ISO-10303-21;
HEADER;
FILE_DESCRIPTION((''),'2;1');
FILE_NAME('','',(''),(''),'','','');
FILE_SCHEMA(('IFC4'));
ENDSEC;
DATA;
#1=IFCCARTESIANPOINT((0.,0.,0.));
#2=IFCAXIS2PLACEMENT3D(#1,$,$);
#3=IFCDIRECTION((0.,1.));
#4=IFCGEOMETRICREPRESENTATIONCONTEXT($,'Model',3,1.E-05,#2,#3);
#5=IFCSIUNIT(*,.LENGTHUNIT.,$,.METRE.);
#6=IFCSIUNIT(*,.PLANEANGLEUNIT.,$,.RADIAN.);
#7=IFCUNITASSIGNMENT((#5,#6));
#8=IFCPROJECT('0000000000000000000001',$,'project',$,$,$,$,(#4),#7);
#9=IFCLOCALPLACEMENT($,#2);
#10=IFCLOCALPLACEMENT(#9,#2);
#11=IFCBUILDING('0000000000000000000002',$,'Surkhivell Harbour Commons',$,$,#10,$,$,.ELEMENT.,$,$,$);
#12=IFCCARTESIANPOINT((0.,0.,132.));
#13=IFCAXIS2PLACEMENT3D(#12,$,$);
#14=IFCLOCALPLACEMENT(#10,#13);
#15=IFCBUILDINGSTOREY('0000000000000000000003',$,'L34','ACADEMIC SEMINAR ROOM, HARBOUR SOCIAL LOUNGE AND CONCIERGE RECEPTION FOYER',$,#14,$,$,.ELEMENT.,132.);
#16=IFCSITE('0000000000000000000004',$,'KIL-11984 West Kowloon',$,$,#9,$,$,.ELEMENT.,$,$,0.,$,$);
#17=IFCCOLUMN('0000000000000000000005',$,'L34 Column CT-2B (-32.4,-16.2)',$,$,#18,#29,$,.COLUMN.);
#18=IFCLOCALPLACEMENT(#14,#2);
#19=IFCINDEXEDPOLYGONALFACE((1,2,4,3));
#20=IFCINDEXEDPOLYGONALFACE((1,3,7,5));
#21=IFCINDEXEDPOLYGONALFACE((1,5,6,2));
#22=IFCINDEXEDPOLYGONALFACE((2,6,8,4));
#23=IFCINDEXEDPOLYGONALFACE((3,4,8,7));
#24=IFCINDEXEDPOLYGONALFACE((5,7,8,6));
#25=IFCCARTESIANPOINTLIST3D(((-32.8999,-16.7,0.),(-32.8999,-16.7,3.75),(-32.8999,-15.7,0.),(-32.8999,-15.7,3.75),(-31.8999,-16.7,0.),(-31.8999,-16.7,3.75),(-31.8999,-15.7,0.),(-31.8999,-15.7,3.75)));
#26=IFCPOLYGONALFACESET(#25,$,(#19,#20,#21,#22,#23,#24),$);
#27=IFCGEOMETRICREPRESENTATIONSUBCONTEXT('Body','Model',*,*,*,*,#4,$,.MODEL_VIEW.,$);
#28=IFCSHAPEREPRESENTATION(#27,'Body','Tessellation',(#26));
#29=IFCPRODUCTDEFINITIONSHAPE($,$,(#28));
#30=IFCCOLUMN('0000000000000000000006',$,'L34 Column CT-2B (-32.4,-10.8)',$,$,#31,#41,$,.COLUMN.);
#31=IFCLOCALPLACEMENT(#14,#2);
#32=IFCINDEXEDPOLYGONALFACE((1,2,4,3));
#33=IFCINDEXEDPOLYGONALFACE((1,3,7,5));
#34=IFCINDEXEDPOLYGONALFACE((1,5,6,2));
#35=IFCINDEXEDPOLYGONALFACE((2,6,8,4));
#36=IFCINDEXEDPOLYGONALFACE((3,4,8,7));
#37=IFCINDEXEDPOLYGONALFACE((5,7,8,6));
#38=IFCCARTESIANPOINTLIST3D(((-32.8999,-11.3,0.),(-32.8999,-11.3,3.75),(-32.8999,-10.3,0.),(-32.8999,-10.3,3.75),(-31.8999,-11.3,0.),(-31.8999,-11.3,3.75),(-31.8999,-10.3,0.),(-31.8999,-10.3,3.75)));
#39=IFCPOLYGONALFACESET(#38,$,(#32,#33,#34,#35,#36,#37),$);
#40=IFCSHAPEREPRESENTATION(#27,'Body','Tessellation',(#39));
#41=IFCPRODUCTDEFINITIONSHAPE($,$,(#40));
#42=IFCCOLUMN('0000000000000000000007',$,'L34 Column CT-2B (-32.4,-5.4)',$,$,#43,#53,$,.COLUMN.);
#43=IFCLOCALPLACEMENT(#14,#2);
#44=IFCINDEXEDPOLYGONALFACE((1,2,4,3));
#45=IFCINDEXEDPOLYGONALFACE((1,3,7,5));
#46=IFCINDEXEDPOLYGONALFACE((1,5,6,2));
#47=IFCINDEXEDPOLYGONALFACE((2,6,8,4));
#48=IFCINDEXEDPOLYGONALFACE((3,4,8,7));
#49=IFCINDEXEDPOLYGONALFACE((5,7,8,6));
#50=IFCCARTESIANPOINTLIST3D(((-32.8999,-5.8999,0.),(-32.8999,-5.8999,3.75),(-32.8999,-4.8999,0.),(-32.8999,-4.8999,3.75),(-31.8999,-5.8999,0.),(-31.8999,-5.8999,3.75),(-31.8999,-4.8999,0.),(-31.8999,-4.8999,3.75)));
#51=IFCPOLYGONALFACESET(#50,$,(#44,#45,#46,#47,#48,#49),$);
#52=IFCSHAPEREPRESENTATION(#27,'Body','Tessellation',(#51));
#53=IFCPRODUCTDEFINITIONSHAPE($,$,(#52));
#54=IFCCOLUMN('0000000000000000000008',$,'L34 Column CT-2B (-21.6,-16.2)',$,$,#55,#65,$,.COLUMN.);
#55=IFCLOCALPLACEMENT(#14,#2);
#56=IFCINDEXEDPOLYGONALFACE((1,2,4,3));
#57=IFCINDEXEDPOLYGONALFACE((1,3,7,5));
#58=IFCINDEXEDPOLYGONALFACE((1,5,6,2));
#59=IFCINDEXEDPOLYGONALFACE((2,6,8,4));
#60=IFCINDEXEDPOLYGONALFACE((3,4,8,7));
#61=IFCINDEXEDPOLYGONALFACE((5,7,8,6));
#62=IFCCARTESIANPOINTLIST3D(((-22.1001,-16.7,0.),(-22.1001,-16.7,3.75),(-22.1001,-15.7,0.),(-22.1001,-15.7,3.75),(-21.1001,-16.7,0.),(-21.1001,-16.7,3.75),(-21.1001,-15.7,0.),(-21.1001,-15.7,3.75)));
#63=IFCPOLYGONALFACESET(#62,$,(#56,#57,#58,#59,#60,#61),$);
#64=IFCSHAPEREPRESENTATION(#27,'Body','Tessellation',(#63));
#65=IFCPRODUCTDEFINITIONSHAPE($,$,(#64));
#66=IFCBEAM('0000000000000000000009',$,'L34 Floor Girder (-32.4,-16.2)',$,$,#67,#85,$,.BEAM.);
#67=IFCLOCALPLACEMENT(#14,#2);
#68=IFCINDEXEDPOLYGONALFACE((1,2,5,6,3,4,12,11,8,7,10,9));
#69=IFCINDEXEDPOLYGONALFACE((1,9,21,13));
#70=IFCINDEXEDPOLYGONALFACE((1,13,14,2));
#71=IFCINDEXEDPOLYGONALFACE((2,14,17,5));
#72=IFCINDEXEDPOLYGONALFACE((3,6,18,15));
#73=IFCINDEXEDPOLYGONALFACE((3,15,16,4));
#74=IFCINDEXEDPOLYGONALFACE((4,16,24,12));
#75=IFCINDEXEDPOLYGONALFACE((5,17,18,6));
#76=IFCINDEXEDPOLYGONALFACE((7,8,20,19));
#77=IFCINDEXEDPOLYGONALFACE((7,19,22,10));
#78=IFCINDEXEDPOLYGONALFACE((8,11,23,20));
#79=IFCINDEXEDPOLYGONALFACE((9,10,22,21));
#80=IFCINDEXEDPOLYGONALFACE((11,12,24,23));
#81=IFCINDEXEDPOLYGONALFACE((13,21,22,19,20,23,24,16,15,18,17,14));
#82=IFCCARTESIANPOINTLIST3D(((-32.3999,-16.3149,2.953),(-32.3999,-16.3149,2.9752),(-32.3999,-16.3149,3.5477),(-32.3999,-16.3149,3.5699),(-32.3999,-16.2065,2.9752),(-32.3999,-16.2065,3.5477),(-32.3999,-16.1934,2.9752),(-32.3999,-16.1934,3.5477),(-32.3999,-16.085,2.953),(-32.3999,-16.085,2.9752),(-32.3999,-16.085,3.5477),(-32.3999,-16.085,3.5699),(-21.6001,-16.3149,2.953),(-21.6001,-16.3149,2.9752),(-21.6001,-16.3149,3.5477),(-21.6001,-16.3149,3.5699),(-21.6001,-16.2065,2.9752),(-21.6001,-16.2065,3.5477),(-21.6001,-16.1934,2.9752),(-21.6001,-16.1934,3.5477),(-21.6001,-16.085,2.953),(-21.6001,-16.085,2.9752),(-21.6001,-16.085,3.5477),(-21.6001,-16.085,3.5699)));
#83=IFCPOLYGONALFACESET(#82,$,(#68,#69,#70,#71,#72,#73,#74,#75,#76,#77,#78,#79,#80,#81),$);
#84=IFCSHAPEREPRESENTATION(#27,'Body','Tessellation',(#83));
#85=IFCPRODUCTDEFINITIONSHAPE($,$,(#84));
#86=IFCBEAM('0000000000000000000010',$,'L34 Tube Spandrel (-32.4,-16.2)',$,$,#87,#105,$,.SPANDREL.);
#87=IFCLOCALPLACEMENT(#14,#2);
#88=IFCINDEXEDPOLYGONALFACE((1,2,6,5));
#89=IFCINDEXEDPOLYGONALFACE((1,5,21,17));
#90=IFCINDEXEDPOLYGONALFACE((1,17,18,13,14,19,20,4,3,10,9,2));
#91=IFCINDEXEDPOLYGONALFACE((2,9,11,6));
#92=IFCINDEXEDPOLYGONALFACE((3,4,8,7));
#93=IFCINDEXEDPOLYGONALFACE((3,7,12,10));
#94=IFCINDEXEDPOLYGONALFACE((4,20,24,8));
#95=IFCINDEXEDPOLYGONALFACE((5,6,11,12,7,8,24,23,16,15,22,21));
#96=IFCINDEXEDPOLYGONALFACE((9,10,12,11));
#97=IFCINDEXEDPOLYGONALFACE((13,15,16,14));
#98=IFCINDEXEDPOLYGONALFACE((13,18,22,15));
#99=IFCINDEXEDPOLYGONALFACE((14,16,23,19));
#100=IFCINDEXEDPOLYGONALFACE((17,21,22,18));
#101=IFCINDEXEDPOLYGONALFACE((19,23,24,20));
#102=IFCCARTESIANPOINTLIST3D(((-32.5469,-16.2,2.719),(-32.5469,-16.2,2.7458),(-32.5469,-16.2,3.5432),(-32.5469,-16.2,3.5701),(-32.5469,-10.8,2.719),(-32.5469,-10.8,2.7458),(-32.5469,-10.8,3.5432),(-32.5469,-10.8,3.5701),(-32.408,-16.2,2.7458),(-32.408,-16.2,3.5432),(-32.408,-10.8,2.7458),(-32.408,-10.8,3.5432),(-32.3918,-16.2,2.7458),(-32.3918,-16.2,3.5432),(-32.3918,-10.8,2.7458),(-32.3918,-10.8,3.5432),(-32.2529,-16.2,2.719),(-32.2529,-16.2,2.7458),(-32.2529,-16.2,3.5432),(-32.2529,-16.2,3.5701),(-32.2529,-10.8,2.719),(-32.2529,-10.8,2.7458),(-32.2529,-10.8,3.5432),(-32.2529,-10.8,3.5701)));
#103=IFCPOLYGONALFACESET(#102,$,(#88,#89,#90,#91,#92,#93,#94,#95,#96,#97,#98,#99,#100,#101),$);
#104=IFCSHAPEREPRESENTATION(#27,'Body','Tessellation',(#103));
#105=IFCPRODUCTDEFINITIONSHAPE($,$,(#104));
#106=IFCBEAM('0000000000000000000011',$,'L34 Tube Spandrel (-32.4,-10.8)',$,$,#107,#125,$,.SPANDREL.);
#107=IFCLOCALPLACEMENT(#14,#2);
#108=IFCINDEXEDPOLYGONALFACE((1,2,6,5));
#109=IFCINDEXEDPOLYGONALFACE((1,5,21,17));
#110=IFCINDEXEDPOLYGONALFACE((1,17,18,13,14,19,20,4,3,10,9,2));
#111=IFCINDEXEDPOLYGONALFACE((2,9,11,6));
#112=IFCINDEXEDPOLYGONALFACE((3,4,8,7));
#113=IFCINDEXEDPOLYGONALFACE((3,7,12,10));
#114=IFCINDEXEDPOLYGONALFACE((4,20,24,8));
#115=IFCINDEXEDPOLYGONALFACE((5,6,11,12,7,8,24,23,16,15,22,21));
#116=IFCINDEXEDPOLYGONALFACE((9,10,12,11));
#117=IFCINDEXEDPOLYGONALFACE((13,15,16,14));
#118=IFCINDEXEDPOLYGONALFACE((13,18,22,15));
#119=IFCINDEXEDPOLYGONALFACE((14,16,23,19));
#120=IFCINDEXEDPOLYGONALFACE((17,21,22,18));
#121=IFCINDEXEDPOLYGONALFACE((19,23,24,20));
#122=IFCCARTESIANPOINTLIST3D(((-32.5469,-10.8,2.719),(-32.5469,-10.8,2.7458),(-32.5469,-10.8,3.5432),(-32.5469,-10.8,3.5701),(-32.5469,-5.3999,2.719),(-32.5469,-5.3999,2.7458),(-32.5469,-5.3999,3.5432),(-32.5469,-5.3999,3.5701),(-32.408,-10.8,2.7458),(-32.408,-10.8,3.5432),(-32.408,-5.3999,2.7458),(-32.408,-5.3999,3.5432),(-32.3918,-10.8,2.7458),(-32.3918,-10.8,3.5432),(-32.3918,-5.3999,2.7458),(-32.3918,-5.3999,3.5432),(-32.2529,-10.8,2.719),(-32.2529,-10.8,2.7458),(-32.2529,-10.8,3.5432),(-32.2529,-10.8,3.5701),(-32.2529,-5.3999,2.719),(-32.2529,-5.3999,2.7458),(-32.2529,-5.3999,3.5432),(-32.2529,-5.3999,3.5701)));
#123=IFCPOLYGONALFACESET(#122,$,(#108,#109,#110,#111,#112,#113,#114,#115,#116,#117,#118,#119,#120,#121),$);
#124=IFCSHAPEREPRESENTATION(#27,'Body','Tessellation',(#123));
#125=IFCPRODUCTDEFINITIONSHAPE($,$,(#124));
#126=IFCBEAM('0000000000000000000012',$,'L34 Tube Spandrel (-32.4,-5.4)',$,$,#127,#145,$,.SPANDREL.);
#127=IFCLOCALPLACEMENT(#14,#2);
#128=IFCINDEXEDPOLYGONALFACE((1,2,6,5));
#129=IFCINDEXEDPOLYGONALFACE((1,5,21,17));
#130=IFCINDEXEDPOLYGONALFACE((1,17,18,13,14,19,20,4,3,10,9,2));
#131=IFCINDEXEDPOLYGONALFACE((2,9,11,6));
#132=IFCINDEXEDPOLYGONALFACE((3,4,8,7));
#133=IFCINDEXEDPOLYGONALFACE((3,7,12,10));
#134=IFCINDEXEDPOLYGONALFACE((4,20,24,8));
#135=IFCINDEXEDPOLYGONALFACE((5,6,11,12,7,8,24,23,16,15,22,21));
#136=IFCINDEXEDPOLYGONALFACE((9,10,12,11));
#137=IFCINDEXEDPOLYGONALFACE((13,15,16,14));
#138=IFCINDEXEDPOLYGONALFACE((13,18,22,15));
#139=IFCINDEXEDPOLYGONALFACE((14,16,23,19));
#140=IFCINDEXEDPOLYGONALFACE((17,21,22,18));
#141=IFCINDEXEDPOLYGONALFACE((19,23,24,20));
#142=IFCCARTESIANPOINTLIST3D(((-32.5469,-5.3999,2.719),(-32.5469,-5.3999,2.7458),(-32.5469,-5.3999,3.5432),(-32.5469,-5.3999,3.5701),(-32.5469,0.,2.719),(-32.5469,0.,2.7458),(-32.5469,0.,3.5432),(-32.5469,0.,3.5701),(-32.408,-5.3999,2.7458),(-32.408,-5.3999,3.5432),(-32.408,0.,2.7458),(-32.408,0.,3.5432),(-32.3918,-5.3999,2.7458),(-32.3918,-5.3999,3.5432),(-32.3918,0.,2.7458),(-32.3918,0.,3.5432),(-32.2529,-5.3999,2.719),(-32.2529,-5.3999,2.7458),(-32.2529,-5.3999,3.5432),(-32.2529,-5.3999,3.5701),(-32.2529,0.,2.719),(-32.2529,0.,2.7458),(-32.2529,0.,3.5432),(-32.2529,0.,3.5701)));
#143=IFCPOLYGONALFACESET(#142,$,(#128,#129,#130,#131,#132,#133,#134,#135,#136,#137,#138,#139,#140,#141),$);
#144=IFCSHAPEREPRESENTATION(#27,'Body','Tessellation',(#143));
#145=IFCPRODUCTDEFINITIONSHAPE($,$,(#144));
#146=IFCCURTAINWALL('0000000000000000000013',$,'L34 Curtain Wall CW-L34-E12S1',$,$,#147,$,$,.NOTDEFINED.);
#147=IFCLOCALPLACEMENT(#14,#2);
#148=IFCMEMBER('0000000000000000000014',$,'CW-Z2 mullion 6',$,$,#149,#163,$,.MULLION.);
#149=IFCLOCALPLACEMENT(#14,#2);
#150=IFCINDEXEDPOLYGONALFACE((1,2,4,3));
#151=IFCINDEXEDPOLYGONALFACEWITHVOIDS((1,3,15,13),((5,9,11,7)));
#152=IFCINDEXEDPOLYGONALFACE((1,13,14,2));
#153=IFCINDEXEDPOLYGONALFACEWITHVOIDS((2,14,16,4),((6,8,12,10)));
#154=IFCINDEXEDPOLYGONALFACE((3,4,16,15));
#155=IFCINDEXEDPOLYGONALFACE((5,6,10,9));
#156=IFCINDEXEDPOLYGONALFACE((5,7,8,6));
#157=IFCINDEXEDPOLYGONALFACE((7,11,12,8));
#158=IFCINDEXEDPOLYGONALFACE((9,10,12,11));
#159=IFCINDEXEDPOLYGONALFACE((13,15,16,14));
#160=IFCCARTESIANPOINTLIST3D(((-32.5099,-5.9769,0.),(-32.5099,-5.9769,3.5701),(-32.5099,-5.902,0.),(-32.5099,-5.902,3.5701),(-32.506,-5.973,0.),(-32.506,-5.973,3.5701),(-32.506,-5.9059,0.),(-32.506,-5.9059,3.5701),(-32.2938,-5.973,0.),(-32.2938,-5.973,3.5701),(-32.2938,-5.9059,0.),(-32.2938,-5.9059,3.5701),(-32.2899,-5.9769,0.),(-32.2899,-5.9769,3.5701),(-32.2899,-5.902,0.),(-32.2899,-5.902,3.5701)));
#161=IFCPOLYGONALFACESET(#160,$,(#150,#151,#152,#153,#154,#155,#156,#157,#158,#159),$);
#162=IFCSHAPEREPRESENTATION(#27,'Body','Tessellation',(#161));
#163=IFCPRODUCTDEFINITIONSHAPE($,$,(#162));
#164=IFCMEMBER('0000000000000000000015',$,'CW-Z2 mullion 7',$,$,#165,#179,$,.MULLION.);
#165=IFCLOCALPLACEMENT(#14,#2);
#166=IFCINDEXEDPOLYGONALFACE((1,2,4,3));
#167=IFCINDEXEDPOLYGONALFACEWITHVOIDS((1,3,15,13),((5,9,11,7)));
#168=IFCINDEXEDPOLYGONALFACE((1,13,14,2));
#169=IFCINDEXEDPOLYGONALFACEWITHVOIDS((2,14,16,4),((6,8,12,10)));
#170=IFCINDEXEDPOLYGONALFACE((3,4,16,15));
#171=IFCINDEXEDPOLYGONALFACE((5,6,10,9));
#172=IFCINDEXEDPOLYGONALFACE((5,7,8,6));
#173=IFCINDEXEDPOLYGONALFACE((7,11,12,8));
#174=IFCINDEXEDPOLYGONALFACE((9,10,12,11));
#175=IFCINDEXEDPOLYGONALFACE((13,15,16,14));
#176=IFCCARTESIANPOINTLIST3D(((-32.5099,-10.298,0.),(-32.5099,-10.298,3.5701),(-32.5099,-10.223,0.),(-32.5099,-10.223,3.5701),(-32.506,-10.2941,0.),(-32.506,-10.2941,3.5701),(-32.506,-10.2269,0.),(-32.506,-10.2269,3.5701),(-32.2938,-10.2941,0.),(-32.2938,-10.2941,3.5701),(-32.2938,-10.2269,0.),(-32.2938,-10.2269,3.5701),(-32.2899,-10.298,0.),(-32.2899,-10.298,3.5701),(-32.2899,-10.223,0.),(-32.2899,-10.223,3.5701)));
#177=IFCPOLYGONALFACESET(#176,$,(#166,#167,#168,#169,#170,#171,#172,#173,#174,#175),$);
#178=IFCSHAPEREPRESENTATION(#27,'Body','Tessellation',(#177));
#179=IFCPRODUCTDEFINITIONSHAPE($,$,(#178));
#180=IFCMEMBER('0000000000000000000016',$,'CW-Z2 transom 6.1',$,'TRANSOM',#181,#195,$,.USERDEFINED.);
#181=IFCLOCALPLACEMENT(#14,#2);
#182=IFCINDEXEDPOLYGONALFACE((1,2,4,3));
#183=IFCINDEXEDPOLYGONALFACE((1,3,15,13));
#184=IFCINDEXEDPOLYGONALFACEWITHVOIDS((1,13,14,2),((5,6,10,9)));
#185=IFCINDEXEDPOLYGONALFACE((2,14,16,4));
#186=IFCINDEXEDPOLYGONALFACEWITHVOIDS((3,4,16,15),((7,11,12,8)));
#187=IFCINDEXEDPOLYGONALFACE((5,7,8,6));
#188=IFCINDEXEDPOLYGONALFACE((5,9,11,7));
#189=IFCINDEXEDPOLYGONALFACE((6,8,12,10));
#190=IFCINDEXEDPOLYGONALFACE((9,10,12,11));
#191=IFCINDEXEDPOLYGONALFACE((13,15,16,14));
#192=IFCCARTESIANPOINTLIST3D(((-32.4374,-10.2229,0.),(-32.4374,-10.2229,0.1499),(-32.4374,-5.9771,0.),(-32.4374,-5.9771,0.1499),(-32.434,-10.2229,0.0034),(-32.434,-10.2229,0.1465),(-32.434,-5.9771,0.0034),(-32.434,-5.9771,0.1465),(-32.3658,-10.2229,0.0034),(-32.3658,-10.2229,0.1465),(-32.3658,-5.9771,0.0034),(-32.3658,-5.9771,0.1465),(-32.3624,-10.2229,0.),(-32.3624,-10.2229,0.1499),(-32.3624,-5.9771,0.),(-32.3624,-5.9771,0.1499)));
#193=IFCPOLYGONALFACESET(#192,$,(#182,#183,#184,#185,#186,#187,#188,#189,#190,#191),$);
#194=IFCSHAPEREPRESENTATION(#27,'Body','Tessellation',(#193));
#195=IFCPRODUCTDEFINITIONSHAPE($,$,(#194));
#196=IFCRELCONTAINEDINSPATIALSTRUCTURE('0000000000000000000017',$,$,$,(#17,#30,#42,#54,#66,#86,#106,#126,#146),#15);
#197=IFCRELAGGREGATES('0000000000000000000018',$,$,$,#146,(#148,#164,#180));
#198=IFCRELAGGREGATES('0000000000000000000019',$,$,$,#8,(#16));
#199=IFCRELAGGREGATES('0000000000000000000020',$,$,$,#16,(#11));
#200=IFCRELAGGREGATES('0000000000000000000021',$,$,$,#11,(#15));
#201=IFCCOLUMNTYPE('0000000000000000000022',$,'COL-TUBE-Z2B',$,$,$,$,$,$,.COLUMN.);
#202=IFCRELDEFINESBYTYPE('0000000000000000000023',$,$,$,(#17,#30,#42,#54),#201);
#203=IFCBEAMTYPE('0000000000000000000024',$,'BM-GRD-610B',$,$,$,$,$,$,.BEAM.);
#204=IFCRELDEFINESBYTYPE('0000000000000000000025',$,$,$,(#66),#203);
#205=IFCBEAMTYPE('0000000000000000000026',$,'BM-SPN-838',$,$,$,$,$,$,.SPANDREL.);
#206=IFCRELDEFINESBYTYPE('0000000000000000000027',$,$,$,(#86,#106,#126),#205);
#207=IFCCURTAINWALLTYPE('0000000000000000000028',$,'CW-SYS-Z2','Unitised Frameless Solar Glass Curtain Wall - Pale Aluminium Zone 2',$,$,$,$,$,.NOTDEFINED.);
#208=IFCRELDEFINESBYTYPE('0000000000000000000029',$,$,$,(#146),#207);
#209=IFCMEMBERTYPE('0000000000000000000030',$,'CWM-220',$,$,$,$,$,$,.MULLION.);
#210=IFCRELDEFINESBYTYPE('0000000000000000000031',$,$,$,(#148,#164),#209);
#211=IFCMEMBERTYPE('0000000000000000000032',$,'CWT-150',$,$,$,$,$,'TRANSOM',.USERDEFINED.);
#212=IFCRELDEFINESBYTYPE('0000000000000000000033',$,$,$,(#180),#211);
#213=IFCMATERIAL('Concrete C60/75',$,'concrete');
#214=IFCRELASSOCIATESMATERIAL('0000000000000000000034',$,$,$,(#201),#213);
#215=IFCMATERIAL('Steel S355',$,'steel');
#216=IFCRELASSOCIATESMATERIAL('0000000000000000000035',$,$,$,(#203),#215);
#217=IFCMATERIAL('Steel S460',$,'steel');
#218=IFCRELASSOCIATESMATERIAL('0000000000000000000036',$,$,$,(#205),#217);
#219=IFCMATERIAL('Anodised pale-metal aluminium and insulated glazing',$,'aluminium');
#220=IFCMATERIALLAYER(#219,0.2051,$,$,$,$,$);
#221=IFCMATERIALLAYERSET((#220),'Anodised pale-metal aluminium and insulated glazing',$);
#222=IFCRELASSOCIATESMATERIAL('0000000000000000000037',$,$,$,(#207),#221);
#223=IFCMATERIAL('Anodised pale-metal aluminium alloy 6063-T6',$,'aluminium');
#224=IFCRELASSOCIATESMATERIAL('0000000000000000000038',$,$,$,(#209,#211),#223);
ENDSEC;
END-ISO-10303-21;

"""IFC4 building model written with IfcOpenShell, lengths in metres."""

from ifc_helpers import new_model, si_unit, direction, frame, origin, origin_2d, place, context, subcontext, project, spatial, rectangle, hollow_rectangle, i_section, extrude, material, layer, layer_set, material_profile, profile_set, type_object, element, aggregate, save


model = new_model("IFC4")

# Units and contexts
model_context = context("Model", 3, precision=1e-05, world=origin(), true_north=direction((0.0, 1.0)))
body_context = subcontext(model_context, "Body", "Model", "MODEL_VIEW")
ifc_project = project(units=[si_unit("LENGTHUNIT", "METRE"), si_unit("PLANEANGLEUNIT", "RADIAN")], contexts=[model_context])

# Site, building, storey
site_placement = place(None, origin())
site = spatial("IfcSite", under=ifc_project, at=site_placement, Name="KIL-11984 West Kowloon", CompositionType="ELEMENT", RefElevation=0.0)
building_placement = place(site_placement, origin())
building = spatial("IfcBuilding", under=site, at=building_placement, Name="Surkhivell Harbour Commons", CompositionType="ELEMENT")
storey_placement = place(building_placement, frame((0.0, 0.0, 132.0)))
storey = spatial("IfcBuildingStorey", under=building, at=storey_placement, Name="L34", Description="ACADEMIC SEMINAR ROOM, HARBOUR SOCIAL LOUNGE AND CONCIERGE RECEPTION FOYER", CompositionType="ELEMENT", Elevation=132.0)

# Columns
ifc_material_1 = material(Name="Concrete C60/75", Category="concrete")
ifc_material_profile_1 = material_profile(ifc_material_1, rectangle(XDim=1.0, YDim=1.0, at=origin_2d()), Name="RC-COL-1000x1000")
ifc_profile_set_1 = profile_set([ifc_material_profile_1], Name="Concrete C60/75")
column_type = type_object("IfcColumnType", Name="COL-TUBE-Z2B", PredefinedType="COLUMN", material=ifc_profile_set_1)
for number, where, z_axis, x_axis, name in (
    (1, (-32.3999, -16.2, 0.0), (0.0, 0.0, 1.0), (1.0, 0.0, 0.0), "L34 Column CT-2B (-32.4,-16.2)"),
    (2, (-32.3999, -10.8, 0.0), (0.0, 0.0, 1.0), (1.0, 0.0, 0.0), "L34 Column CT-2B (-32.4,-10.8)"),
    (3, (-32.3999, -5.3999, 0.0), (0.0, 0.0, 1.0), (1.0, 0.0, 0.0), "L34 Column CT-2B (-32.4,-5.4)"),
    (4, (-21.6001, -16.2, 0.0), (0.0, 0.0, 1.0), (1.0, 0.0, 0.0), "L34 Column CT-2B (-21.6,-16.2)"),
):
    element("IfcColumn", number, at=place(storey_placement, frame(where, z_axis=z_axis, x_axis=x_axis)), inside=storey, type_object=column_type, Name=name, PredefinedType="COLUMN", context=body_context, shape_type="SweptSolid", body=[
        extrude(rectangle(XDim=1.0, YDim=1.0, at=origin_2d()), origin(), (0.0, 0.0, 1.0), 3.75),
    ])

# Beams
ifc_material_2 = material(Name="Steel S355", Category="steel")
ifc_material_profile_2 = material_profile(ifc_material_2, i_section(OverallWidth=0.23, OverallDepth=0.6169, WebThickness=0.0132, FlangeThickness=0.0222, at=origin_2d()), Name="UB610x229x140")
ifc_profile_set_2 = profile_set([ifc_material_profile_2], Name="Steel S355")
beam_type_1 = type_object("IfcBeamType", Name="BM-GRD-610B", PredefinedType="BEAM", material=ifc_profile_set_2)
beam_1_placement = place(storey_placement, frame((-32.3999, -16.2, 3.2615), z_axis=(1.0, 0.0, 0.0), x_axis=(0.0, 1.0, 0.0)))
element("IfcBeam", 5, at=beam_1_placement, inside=storey, type_object=beam_type_1, Name="L34 Floor Girder (-32.4,-16.2)", PredefinedType="BEAM", context=body_context, shape_type="SweptSolid", body=[
    extrude(i_section(OverallWidth=0.23, OverallDepth=0.6169, WebThickness=0.0132, FlangeThickness=0.0222, at=origin_2d()), origin(), (0.0, 0.0, 1.0), 10.7998),
])
ifc_material_3 = material(Name="Steel S460", Category="steel")
ifc_material_profile_3 = material_profile(ifc_material_3, i_section(OverallWidth=0.2939, OverallDepth=0.8511, WebThickness=0.0161, FlangeThickness=0.0269, at=origin_2d()), Name="UB838x292x226")
ifc_profile_set_3 = profile_set([ifc_material_profile_3], Name="Steel S460")
beam_type_2 = type_object("IfcBeamType", Name="BM-SPN-838", PredefinedType="SPANDREL", material=ifc_profile_set_3)
beam_2_placement = place(storey_placement, frame((-32.3999, -16.2, 3.1445), z_axis=(0.0, 1.0, 0.0), x_axis=(-1.0, 0.0, 0.0)))
element("IfcBeam", 6, at=beam_2_placement, inside=storey, type_object=beam_type_2, Name="L34 Tube Spandrel (-32.4,-16.2)", PredefinedType="SPANDREL", context=body_context, shape_type="SweptSolid", body=[
    extrude(i_section(OverallWidth=0.2939, OverallDepth=0.8511, WebThickness=0.0161, FlangeThickness=0.0269, at=origin_2d()), origin(), (0.0, 0.0, 1.0), 5.3999),
])
beam_3_placement = place(storey_placement, frame((-32.3999, -10.8, 3.1445), z_axis=(0.0, 1.0, 0.0), x_axis=(-1.0, 0.0, 0.0)))
element("IfcBeam", 7, at=beam_3_placement, inside=storey, type_object=beam_type_2, Name="L34 Tube Spandrel (-32.4,-10.8)", PredefinedType="SPANDREL", context=body_context, shape_type="SweptSolid", body=[
    extrude(i_section(OverallWidth=0.2939, OverallDepth=0.8511, WebThickness=0.0161, FlangeThickness=0.0269, at=origin_2d()), origin(), (0.0, 0.0, 1.0), 5.4001),
])
beam_4_placement = place(storey_placement, frame((-32.3999, -5.3999, 3.1445), z_axis=(0.0, 1.0, 0.0), x_axis=(-1.0, 0.0, 0.0)))
element("IfcBeam", 8, at=beam_4_placement, inside=storey, type_object=beam_type_2, Name="L34 Tube Spandrel (-32.4,-5.4)", PredefinedType="SPANDREL", context=body_context, shape_type="SweptSolid", body=[
    extrude(i_section(OverallWidth=0.2939, OverallDepth=0.8511, WebThickness=0.0161, FlangeThickness=0.0269, at=origin_2d()), origin(), (0.0, 0.0, 1.0), 5.3999),
])

# Curtain wall, members
ifc_material_4 = material(Name="Anodised pale-metal aluminium and insulated glazing", Category="aluminium")
ifc_layer_1 = layer(ifc_material_4, 0.2051)
ifc_layer_set_1 = layer_set([ifc_layer_1], Name="Anodised pale-metal aluminium and insulated glazing")
curtain_wall_type = type_object("IfcCurtainWallType", Name="CW-SYS-Z2", Description="Unitised Frameless Solar Glass Curtain Wall - Pale Aluminium Zone 2", PredefinedType="NOTDEFINED", material=ifc_layer_set_1)
curtain_wall_placement = place(storey_placement, origin())
curtain_wall = element("IfcCurtainWall", 9, at=curtain_wall_placement, inside=storey, type_object=curtain_wall_type, Name="L34 Curtain Wall CW-L34-E12S1", PredefinedType="NOTDEFINED")
ifc_material_5 = material(Name="Anodised pale-metal aluminium alloy 6063-T6", Category="aluminium")
ifc_material_profile_4 = material_profile(ifc_material_5, hollow_rectangle(XDim=0.075, YDim=0.22, WallThickness=0.0039, at=origin_2d()), Name="ALU-MULL-75x220")
ifc_profile_set_4 = profile_set([ifc_material_profile_4], Name="Anodised pale-metal aluminium alloy 6063-T6")
member_type_1 = type_object("IfcMemberType", Name="CWM-220", PredefinedType="MULLION", material=ifc_profile_set_4)
member_1_placement = place(storey_placement, frame((-32.3999, -5.9395, 0.0), z_axis=(0.0, 0.0, 1.0), x_axis=(0.0, -1.0, 0.0)))
member_1 = element("IfcMember", 10, at=member_1_placement, type_object=member_type_1, Name="CW-Z2 mullion 6", PredefinedType="MULLION", context=body_context, shape_type="SweptSolid", body=[
    extrude(hollow_rectangle(XDim=0.075, YDim=0.22, WallThickness=0.0039, at=origin_2d()), origin(), (0.0, 0.0, 1.0), 3.5701),
])
member_2_placement = place(storey_placement, frame((-32.3999, -10.2605, 0.0), z_axis=(0.0, 0.0, 1.0), x_axis=(0.0, -1.0, 0.0)))
member_2 = element("IfcMember", 11, at=member_2_placement, type_object=member_type_1, Name="CW-Z2 mullion 7", PredefinedType="MULLION", context=body_context, shape_type="SweptSolid", body=[
    extrude(hollow_rectangle(XDim=0.075, YDim=0.22, WallThickness=0.0039, at=origin_2d()), origin(), (0.0, 0.0, 1.0), 3.5701),
])
ifc_material_profile_5 = material_profile(ifc_material_5, hollow_rectangle(XDim=0.075, YDim=0.1499, WallThickness=0.0034, at=origin_2d()), Name="ALU-TRAN-75x150")
ifc_profile_set_5 = profile_set([ifc_material_profile_5], Name="Anodised pale-metal aluminium alloy 6063-T6")
member_type_2 = type_object("IfcMemberType", Name="CWT-150", ElementType="TRANSOM", PredefinedType="USERDEFINED", material=ifc_profile_set_5)
member_3_placement = place(storey_placement, frame((-32.3999, -5.9771, 0.075), z_axis=(0.0, -1.0, 0.0), x_axis=(1.0, 0.0, 0.0)))
member_3 = element("IfcMember", 12, at=member_3_placement, type_object=member_type_2, Name="CW-Z2 transom 6.1", ObjectType="TRANSOM", PredefinedType="USERDEFINED", context=body_context, shape_type="SweptSolid", body=[
    extrude(hollow_rectangle(XDim=0.075, YDim=0.1499, WallThickness=0.0034, at=origin_2d()), origin(), (0.0, 0.0, 1.0), 4.2458),
])

aggregate(curtain_wall, [member_1, member_2, member_3])

save(model, "model.ifc")
